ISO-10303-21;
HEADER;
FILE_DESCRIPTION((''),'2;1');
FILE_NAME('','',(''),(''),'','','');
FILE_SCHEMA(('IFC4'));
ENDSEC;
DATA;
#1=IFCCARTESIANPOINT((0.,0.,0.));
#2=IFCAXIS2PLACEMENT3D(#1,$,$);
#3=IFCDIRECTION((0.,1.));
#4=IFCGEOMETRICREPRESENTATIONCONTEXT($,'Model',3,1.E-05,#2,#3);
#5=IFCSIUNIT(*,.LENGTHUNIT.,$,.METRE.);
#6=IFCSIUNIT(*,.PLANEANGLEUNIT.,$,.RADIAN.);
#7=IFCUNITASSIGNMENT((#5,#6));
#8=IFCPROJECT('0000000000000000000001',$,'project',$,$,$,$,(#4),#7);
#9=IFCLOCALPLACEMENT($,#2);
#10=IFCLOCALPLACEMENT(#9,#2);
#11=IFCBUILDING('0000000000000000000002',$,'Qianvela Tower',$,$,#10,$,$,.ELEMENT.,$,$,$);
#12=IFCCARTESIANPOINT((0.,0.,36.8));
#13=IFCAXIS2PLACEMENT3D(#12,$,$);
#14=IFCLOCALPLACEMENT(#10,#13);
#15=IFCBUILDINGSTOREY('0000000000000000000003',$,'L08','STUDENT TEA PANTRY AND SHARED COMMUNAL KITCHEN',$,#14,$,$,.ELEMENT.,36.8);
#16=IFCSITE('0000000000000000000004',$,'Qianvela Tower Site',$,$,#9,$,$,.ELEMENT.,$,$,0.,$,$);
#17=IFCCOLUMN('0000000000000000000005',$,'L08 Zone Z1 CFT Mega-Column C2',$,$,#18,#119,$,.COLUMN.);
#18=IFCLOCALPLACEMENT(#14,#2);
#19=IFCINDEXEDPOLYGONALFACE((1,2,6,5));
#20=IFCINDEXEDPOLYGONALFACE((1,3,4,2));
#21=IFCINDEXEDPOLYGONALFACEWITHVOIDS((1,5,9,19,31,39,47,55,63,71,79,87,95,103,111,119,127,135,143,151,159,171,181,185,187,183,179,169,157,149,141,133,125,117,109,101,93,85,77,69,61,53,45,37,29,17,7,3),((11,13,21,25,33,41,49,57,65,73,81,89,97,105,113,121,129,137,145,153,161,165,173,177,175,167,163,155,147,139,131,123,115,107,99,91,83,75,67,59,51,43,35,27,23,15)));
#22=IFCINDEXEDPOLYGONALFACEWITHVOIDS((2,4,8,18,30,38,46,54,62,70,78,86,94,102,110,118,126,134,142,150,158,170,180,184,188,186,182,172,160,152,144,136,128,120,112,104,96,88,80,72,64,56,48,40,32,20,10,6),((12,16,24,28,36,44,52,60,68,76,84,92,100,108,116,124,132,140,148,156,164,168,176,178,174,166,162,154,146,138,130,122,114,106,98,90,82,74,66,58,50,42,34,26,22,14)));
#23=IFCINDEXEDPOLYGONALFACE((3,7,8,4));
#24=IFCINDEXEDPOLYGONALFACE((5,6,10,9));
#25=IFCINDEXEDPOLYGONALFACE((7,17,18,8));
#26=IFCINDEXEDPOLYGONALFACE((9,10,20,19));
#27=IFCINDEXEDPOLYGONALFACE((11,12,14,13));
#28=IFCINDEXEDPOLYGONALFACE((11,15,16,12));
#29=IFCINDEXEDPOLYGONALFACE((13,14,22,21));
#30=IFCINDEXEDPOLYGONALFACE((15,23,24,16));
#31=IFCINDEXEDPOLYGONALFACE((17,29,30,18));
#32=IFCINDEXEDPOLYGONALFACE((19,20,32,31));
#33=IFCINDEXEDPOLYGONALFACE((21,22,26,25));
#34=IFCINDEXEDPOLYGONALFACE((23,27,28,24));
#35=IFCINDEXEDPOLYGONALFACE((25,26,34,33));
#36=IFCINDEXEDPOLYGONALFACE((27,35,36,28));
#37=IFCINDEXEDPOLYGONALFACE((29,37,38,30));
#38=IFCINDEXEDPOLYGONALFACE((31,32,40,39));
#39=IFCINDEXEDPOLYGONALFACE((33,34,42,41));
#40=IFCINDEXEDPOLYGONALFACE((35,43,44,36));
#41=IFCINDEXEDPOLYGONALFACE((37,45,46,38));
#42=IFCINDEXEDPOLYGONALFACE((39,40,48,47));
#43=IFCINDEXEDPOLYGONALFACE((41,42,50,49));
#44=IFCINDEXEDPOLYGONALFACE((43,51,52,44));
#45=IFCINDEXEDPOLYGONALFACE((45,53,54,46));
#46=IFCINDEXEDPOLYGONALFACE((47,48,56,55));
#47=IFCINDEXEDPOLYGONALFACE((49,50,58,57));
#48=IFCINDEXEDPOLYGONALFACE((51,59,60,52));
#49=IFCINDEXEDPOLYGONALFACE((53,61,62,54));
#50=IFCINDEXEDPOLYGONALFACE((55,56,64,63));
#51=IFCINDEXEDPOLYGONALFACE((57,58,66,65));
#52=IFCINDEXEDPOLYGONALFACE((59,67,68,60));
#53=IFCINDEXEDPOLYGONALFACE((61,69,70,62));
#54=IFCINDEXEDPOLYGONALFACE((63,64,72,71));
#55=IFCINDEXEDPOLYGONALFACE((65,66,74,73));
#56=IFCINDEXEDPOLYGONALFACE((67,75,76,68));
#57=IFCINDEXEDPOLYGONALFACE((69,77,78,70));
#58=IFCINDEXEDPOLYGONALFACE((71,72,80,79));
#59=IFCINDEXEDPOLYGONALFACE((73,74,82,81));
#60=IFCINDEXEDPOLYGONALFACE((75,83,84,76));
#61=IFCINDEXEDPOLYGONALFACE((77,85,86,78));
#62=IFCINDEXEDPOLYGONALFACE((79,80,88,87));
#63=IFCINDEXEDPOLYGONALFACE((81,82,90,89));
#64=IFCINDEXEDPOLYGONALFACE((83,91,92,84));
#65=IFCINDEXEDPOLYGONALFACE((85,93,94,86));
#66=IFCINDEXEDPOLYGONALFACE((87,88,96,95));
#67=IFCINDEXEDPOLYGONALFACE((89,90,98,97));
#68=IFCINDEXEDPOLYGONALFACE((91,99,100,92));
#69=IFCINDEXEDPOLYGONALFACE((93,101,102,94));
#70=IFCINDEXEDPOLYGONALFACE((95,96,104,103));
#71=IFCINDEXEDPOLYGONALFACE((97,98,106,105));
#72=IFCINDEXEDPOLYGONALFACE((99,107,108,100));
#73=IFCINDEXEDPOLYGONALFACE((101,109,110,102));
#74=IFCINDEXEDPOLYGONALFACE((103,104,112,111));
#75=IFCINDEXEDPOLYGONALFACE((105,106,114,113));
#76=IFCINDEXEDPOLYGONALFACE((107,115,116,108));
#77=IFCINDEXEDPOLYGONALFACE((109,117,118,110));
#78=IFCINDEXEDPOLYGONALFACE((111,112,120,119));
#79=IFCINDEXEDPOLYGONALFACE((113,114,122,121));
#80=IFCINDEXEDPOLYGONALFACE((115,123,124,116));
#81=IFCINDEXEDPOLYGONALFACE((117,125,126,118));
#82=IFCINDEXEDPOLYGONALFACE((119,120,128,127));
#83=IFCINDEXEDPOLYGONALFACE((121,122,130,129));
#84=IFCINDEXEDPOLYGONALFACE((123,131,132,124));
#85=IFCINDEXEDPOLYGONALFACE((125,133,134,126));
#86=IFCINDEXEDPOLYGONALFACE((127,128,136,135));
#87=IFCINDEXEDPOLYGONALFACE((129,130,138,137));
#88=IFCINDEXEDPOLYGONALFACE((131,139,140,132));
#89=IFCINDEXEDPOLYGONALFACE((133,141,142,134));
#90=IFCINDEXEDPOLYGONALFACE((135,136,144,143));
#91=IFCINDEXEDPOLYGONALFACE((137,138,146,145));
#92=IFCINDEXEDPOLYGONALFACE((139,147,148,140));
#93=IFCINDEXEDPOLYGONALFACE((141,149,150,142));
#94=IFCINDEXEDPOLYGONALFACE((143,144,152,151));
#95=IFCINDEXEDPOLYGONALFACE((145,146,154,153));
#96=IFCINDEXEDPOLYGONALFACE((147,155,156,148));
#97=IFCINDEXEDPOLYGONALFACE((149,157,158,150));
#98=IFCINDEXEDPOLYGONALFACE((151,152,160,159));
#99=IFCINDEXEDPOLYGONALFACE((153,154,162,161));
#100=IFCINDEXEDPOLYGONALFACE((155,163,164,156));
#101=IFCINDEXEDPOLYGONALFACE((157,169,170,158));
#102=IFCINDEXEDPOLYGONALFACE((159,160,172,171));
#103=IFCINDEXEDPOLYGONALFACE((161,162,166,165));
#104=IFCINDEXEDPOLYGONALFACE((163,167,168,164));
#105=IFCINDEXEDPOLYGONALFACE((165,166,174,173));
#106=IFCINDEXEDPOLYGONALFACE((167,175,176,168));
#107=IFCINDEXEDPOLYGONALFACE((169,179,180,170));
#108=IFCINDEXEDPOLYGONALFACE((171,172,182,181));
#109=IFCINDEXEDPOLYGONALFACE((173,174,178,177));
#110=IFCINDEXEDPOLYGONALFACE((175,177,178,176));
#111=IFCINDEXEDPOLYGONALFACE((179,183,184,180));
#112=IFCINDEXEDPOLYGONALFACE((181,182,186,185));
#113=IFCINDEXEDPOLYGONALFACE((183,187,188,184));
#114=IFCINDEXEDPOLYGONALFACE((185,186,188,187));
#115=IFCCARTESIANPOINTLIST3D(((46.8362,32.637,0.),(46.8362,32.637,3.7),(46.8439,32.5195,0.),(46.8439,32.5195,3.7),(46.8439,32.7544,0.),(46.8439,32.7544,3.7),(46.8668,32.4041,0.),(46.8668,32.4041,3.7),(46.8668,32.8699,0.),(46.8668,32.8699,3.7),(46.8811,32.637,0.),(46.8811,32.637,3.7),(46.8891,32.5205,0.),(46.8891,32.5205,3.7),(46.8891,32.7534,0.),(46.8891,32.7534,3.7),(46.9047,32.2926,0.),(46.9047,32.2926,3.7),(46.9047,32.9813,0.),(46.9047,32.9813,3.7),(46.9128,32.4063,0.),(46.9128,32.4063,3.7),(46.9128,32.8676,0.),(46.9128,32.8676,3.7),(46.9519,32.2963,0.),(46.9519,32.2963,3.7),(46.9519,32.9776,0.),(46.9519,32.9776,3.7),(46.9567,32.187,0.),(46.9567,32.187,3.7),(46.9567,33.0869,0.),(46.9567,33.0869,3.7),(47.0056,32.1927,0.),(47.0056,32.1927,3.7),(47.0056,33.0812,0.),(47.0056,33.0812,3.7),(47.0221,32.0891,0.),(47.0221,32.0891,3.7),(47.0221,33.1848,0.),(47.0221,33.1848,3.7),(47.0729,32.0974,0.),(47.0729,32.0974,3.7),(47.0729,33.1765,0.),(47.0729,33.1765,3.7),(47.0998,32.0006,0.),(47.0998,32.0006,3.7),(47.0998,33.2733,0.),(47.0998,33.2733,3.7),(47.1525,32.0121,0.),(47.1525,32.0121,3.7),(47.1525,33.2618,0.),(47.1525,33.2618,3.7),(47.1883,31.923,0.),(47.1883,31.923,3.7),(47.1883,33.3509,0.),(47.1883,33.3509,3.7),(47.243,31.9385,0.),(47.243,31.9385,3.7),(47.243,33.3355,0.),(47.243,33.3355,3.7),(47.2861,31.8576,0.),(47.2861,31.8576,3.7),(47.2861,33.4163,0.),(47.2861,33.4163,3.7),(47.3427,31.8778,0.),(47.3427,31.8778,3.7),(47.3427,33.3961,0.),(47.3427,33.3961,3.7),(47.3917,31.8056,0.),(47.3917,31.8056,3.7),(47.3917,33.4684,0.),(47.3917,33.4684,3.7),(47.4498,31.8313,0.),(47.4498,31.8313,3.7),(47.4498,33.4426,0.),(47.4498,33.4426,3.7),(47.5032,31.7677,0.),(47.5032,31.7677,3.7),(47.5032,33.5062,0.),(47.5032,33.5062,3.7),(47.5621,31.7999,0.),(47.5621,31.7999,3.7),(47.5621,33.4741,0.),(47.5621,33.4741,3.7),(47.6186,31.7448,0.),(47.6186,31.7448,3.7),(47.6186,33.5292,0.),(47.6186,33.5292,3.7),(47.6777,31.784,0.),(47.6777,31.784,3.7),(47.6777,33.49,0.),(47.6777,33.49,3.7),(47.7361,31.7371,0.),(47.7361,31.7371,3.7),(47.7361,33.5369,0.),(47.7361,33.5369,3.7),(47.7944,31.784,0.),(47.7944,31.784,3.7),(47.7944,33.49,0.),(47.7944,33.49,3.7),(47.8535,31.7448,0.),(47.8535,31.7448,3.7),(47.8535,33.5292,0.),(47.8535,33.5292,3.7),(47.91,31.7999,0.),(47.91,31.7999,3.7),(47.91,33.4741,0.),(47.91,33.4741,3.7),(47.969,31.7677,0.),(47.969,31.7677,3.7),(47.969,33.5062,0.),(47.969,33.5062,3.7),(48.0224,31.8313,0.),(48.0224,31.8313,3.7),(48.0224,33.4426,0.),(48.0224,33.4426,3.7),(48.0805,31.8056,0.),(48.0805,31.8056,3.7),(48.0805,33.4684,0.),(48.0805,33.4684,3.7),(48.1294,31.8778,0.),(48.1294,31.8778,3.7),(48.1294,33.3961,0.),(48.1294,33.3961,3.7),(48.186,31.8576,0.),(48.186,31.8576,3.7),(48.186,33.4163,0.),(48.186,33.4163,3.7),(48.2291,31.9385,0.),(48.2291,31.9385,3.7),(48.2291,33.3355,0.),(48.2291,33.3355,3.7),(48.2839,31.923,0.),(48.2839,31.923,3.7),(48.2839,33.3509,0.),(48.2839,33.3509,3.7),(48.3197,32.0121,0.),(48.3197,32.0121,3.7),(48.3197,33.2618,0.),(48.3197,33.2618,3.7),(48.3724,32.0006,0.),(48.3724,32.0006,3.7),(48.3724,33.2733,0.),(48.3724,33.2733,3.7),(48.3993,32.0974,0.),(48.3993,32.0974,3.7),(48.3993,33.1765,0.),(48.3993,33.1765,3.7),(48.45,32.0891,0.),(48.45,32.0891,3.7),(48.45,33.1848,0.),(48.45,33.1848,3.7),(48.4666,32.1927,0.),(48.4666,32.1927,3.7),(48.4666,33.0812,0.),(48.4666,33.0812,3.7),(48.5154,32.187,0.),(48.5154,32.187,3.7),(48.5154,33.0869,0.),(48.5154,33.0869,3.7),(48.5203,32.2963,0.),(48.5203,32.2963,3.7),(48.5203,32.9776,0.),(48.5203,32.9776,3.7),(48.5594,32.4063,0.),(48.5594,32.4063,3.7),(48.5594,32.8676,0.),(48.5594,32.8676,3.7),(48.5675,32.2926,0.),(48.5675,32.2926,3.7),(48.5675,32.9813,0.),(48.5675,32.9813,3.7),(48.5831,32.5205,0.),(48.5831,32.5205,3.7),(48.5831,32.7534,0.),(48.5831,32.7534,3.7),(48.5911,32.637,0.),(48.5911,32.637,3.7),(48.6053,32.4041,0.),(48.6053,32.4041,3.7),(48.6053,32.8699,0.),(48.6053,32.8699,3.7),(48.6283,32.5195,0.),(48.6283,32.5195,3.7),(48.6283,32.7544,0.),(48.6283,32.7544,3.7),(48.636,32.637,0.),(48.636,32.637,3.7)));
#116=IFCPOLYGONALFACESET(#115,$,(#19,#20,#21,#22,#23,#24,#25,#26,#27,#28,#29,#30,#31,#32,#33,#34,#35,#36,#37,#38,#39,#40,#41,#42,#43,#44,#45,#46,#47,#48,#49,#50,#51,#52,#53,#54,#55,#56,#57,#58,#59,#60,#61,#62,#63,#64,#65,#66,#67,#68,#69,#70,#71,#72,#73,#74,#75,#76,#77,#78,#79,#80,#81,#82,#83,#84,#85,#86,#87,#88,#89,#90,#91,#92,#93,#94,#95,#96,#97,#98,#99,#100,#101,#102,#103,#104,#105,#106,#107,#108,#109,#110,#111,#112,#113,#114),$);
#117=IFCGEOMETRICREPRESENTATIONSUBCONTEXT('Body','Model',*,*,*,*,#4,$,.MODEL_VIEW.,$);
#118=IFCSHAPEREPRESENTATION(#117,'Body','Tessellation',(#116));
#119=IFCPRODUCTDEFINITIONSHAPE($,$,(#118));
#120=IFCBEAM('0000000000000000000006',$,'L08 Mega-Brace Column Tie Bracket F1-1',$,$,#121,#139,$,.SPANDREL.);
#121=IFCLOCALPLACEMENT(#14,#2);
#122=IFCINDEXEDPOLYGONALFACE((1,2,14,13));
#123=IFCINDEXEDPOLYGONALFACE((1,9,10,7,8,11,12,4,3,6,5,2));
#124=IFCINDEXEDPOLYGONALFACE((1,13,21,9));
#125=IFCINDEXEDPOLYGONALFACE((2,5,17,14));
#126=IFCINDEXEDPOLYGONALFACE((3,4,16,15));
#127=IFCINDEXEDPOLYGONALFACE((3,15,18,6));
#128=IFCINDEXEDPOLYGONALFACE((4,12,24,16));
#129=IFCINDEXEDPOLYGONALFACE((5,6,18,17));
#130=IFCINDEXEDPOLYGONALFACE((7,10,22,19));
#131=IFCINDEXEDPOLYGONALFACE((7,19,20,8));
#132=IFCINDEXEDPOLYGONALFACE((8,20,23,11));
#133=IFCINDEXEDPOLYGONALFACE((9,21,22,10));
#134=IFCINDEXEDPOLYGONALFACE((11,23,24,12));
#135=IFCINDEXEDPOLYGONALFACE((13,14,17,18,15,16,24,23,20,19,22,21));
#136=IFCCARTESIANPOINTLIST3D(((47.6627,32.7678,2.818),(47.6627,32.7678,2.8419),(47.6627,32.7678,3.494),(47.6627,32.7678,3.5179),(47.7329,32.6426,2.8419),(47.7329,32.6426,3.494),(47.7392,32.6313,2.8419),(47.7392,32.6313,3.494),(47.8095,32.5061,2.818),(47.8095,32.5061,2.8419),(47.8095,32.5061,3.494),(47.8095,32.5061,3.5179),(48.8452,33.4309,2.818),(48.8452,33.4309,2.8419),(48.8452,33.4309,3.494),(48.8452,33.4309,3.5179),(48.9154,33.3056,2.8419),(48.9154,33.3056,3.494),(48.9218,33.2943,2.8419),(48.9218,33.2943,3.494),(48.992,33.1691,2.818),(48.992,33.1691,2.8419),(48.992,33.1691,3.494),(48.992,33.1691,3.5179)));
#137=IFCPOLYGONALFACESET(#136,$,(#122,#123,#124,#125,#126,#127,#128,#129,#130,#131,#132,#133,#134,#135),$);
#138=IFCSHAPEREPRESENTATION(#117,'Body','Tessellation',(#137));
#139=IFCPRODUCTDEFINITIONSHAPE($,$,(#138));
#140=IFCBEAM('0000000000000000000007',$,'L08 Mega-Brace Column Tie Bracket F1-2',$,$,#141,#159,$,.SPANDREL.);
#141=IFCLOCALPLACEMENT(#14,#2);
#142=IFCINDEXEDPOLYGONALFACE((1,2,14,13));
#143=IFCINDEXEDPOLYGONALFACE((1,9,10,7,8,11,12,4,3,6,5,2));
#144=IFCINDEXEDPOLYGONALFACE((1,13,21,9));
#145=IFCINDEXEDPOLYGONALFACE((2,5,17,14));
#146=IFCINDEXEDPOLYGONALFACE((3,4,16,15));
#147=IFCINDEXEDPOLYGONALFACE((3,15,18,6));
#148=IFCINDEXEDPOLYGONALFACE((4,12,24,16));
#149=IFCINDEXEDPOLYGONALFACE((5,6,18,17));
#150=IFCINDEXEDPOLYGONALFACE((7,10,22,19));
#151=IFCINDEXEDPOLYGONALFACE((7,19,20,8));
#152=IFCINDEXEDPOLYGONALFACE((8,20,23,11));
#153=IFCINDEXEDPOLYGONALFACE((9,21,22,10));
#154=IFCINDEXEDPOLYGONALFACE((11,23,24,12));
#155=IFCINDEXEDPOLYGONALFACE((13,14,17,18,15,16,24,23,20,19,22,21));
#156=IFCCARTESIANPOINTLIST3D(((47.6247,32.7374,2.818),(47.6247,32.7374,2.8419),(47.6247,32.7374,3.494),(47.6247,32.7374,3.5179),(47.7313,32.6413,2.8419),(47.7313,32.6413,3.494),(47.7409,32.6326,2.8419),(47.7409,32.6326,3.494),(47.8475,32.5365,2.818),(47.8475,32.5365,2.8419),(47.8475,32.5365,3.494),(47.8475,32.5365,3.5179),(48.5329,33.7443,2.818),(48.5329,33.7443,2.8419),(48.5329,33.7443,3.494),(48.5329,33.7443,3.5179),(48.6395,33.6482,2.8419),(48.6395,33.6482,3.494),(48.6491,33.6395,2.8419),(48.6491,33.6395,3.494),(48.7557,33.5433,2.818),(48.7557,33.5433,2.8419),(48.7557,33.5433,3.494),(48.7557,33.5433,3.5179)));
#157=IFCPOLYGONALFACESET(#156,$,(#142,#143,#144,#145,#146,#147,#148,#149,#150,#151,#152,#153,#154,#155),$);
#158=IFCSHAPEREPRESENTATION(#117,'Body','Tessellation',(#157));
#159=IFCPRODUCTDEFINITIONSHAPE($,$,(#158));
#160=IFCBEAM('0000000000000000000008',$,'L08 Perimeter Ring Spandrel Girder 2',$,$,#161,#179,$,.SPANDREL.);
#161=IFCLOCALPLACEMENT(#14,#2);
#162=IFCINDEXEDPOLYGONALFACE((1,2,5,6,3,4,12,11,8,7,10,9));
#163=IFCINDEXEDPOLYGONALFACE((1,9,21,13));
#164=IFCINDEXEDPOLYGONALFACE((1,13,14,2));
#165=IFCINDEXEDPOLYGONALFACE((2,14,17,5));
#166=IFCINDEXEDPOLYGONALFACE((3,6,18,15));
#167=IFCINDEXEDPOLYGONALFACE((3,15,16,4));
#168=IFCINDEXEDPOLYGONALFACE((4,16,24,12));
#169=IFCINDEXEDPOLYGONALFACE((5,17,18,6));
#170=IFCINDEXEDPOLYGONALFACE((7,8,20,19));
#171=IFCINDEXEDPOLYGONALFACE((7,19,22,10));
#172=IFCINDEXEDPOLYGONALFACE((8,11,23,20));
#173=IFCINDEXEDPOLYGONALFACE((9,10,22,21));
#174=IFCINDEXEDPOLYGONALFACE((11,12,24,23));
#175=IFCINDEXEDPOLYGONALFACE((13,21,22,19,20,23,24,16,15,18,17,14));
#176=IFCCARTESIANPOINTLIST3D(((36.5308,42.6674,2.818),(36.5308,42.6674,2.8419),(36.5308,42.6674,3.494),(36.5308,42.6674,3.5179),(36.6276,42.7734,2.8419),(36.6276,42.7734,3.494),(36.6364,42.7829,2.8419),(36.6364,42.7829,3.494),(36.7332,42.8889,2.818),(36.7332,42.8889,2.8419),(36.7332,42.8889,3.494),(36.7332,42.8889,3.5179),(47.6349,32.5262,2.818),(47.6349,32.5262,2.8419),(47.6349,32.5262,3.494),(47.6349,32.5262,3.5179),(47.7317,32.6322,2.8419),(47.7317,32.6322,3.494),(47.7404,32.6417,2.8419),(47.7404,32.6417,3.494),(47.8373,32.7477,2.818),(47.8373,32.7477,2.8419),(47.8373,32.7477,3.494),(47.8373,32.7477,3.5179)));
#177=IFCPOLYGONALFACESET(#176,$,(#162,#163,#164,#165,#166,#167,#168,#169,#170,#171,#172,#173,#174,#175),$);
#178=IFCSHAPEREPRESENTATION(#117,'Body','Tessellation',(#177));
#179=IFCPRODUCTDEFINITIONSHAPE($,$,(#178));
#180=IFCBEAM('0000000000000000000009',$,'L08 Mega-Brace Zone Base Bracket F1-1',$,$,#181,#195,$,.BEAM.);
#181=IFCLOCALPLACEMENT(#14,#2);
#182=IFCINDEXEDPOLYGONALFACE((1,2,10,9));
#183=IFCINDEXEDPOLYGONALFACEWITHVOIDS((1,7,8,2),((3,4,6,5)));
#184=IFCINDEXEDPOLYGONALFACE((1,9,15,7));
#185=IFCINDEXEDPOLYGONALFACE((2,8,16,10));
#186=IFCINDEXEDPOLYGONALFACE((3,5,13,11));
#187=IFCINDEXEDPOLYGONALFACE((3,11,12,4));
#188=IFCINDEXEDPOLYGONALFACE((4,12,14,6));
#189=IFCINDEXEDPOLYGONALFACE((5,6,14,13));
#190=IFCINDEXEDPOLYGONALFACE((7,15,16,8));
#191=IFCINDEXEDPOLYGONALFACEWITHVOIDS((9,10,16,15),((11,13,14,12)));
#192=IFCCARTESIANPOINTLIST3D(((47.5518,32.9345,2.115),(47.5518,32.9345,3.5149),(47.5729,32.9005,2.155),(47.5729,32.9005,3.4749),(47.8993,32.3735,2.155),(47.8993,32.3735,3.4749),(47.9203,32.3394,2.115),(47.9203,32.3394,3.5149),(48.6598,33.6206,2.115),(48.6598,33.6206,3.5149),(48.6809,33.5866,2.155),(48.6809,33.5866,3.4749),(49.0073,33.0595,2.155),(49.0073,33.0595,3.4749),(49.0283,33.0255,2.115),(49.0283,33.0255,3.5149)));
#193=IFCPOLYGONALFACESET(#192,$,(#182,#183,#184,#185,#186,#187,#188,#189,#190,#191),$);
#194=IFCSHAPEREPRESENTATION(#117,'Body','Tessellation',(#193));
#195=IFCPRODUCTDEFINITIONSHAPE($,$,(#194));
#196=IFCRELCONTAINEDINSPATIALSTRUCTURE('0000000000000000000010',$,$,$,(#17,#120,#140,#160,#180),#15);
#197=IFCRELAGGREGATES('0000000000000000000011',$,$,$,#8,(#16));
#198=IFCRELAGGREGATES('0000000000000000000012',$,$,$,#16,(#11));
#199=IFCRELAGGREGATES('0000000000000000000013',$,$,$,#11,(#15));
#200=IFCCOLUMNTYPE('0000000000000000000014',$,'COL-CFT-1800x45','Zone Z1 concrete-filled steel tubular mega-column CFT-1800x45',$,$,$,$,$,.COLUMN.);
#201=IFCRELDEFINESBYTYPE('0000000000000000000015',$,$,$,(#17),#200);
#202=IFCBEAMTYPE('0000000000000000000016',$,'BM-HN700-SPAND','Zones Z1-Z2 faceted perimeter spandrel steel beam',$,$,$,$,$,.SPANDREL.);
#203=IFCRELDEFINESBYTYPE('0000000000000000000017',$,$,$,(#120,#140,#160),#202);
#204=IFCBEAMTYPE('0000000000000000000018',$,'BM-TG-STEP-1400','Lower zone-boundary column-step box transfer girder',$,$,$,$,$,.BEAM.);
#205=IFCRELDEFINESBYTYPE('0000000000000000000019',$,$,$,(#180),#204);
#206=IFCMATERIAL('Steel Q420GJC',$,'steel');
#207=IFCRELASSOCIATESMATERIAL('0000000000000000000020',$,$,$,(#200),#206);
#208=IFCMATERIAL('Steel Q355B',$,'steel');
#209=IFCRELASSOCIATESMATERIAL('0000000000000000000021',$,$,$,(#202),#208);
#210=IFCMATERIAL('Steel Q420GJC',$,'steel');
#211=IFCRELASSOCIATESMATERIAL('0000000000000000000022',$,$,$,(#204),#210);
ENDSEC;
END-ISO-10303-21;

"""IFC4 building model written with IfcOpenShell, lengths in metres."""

from ifc_helpers import new_model, si_unit, direction, frame, origin, origin_2d, place, context, subcontext, project, spatial, hollow_rectangle, hollow_circle, i_section, extrude, material, material_profile, profile_set, type_object, element, save


model = new_model("IFC4")

# Units and contexts
model_context = context("Model", 3, precision=1e-05, world=origin(), true_north=direction((0.0, 1.0)))
body_context = subcontext(model_context, "Body", "Model", "MODEL_VIEW")
ifc_project = project(units=[si_unit("LENGTHUNIT", "METRE"), si_unit("PLANEANGLEUNIT", "RADIAN")], contexts=[model_context])

# Site, building, storey
site_placement = place(None, origin())
site = spatial("IfcSite", under=ifc_project, at=site_placement, Name="Qianvela Tower Site", CompositionType="ELEMENT", RefElevation=0.0)
building_placement = place(site_placement, origin())
building = spatial("IfcBuilding", under=site, at=building_placement, Name="Qianvela Tower", CompositionType="ELEMENT")
storey_placement = place(building_placement, frame((0.0, 0.0, 36.8)))
storey = spatial("IfcBuildingStorey", under=building, at=storey_placement, Name="L08", Description="STUDENT TEA PANTRY AND SHARED COMMUNAL KITCHEN", CompositionType="ELEMENT", Elevation=36.8)

# Column
ifc_material_1 = material(Name="Steel Q420GJC", Category="steel")
ifc_material_profile_1 = material_profile(ifc_material_1, hollow_circle(Radius=0.8999, WallThickness=0.0449, at=origin_2d()), Name="CFT-1800x45")
ifc_profile_set_1 = profile_set([ifc_material_profile_1], Name="Steel Q420GJC")
column_type = type_object("IfcColumnType", Name="COL-CFT-1800x45", Description="Zone Z1 concrete-filled steel tubular mega-column CFT-1800x45", PredefinedType="COLUMN", material=ifc_profile_set_1)
column_placement = place(storey_placement, frame((47.7361, 32.637, 0.0), z_axis=(0.0, 0.0, 1.0), x_axis=(1.0, 0.0, 0.0)))
element("IfcColumn", 1, at=column_placement, inside=storey, type_object=column_type, Name="L08 Zone Z1 CFT Mega-Column C2", PredefinedType="COLUMN", context=body_context, shape_type="SweptSolid", body=[
    extrude(hollow_circle(Radius=0.8999, WallThickness=0.0449, at=origin_2d()), origin(), (0.0, 0.0, 1.0), 3.7),
])

# Beams
ifc_material_2 = material(Name="Steel Q355B", Category="steel")
ifc_material_profile_2 = material_profile(ifc_material_2, i_section(OverallWidth=0.3, OverallDepth=0.7, WebThickness=0.0129, FlangeThickness=0.0239, at=origin_2d()), Name="HN700x300x13x24")
ifc_profile_set_2 = profile_set([ifc_material_profile_2], Name="Steel Q355B")
beam_type_1 = type_object("IfcBeamType", Name="BM-HN700-SPAND", Description="Zones Z1-Z2 faceted perimeter spandrel steel beam", PredefinedType="SPANDREL", material=ifc_profile_set_2)
beam_1_placement = place(storey_placement, frame((47.7361, 32.637, 3.168), z_axis=(0.872248, 0.489064, 0.0), x_axis=(-0.489064, 0.872248, 0.0)))
element("IfcBeam", 2, at=beam_1_placement, inside=storey, type_object=beam_type_1, Name="L08 Mega-Brace Column Tie Bracket F1-1", PredefinedType="SPANDREL", context=body_context, shape_type="SweptSolid", body=[
    extrude(i_section(OverallWidth=0.3, OverallDepth=0.7, WebThickness=0.0129, FlangeThickness=0.0239, at=origin_2d()), origin(), (0.0, 0.0, 1.0), 1.3557),
])
beam_2_placement = place(storey_placement, frame((47.7361, 32.637, 3.168), z_axis=(0.6698, 0.742542, 0.0), x_axis=(-0.742542, 0.6698, 0.0)))
element("IfcBeam", 3, at=beam_2_placement, inside=storey, type_object=beam_type_1, Name="L08 Mega-Brace Column Tie Bracket F1-2", PredefinedType="SPANDREL", context=body_context, shape_type="SweptSolid", body=[
    extrude(i_section(OverallWidth=0.3, OverallDepth=0.7, WebThickness=0.0129, FlangeThickness=0.0239, at=origin_2d()), origin(), (0.0, 0.0, 1.0), 1.356),
])
beam_3_placement = place(storey_placement, frame((47.7361, 32.637, 3.168), z_axis=(-0.738397, 0.674366, 0.0), x_axis=(-0.674366, -0.738397, 0.0)))
element("IfcBeam", 4, at=beam_3_placement, inside=storey, type_object=beam_type_1, Name="L08 Perimeter Ring Spandrel Girder 2", PredefinedType="SPANDREL", context=body_context, shape_type="SweptSolid", body=[
    extrude(i_section(OverallWidth=0.3, OverallDepth=0.7, WebThickness=0.0129, FlangeThickness=0.0239, at=origin_2d()), origin(), (0.0, 0.0, 1.0), 15.0381),
])
ifc_material_3 = material(Name="Steel Q420GJC", Category="steel")
ifc_material_profile_3 = material_profile(ifc_material_3, hollow_rectangle(XDim=0.7, YDim=1.3999, WallThickness=0.04, at=origin_2d()), Name="TG-BOX-1400x700x40")
ifc_profile_set_3 = profile_set([ifc_material_profile_3], Name="Steel Q420GJC")
beam_type_2 = type_object("IfcBeamType", Name="BM-TG-STEP-1400", Description="Lower zone-boundary column-step box transfer girder", PredefinedType="BEAM", material=ifc_profile_set_3)
beam_4_placement = place(storey_placement, frame((47.7361, 32.637, 2.8149), z_axis=(0.850201, 0.526458, 0.0), x_axis=(-0.526458, 0.850201, 0.0)))
element("IfcBeam", 5, at=beam_4_placement, inside=storey, type_object=beam_type_2, Name="L08 Mega-Brace Zone Base Bracket F1-1", PredefinedType="BEAM", context=body_context, shape_type="SweptSolid", body=[
    extrude(hollow_rectangle(XDim=0.7, YDim=1.3999, WallThickness=0.04, at=origin_2d()), origin(), (0.0, 0.0, 1.0), 1.3032),
])

save(model, "model.ifc")
